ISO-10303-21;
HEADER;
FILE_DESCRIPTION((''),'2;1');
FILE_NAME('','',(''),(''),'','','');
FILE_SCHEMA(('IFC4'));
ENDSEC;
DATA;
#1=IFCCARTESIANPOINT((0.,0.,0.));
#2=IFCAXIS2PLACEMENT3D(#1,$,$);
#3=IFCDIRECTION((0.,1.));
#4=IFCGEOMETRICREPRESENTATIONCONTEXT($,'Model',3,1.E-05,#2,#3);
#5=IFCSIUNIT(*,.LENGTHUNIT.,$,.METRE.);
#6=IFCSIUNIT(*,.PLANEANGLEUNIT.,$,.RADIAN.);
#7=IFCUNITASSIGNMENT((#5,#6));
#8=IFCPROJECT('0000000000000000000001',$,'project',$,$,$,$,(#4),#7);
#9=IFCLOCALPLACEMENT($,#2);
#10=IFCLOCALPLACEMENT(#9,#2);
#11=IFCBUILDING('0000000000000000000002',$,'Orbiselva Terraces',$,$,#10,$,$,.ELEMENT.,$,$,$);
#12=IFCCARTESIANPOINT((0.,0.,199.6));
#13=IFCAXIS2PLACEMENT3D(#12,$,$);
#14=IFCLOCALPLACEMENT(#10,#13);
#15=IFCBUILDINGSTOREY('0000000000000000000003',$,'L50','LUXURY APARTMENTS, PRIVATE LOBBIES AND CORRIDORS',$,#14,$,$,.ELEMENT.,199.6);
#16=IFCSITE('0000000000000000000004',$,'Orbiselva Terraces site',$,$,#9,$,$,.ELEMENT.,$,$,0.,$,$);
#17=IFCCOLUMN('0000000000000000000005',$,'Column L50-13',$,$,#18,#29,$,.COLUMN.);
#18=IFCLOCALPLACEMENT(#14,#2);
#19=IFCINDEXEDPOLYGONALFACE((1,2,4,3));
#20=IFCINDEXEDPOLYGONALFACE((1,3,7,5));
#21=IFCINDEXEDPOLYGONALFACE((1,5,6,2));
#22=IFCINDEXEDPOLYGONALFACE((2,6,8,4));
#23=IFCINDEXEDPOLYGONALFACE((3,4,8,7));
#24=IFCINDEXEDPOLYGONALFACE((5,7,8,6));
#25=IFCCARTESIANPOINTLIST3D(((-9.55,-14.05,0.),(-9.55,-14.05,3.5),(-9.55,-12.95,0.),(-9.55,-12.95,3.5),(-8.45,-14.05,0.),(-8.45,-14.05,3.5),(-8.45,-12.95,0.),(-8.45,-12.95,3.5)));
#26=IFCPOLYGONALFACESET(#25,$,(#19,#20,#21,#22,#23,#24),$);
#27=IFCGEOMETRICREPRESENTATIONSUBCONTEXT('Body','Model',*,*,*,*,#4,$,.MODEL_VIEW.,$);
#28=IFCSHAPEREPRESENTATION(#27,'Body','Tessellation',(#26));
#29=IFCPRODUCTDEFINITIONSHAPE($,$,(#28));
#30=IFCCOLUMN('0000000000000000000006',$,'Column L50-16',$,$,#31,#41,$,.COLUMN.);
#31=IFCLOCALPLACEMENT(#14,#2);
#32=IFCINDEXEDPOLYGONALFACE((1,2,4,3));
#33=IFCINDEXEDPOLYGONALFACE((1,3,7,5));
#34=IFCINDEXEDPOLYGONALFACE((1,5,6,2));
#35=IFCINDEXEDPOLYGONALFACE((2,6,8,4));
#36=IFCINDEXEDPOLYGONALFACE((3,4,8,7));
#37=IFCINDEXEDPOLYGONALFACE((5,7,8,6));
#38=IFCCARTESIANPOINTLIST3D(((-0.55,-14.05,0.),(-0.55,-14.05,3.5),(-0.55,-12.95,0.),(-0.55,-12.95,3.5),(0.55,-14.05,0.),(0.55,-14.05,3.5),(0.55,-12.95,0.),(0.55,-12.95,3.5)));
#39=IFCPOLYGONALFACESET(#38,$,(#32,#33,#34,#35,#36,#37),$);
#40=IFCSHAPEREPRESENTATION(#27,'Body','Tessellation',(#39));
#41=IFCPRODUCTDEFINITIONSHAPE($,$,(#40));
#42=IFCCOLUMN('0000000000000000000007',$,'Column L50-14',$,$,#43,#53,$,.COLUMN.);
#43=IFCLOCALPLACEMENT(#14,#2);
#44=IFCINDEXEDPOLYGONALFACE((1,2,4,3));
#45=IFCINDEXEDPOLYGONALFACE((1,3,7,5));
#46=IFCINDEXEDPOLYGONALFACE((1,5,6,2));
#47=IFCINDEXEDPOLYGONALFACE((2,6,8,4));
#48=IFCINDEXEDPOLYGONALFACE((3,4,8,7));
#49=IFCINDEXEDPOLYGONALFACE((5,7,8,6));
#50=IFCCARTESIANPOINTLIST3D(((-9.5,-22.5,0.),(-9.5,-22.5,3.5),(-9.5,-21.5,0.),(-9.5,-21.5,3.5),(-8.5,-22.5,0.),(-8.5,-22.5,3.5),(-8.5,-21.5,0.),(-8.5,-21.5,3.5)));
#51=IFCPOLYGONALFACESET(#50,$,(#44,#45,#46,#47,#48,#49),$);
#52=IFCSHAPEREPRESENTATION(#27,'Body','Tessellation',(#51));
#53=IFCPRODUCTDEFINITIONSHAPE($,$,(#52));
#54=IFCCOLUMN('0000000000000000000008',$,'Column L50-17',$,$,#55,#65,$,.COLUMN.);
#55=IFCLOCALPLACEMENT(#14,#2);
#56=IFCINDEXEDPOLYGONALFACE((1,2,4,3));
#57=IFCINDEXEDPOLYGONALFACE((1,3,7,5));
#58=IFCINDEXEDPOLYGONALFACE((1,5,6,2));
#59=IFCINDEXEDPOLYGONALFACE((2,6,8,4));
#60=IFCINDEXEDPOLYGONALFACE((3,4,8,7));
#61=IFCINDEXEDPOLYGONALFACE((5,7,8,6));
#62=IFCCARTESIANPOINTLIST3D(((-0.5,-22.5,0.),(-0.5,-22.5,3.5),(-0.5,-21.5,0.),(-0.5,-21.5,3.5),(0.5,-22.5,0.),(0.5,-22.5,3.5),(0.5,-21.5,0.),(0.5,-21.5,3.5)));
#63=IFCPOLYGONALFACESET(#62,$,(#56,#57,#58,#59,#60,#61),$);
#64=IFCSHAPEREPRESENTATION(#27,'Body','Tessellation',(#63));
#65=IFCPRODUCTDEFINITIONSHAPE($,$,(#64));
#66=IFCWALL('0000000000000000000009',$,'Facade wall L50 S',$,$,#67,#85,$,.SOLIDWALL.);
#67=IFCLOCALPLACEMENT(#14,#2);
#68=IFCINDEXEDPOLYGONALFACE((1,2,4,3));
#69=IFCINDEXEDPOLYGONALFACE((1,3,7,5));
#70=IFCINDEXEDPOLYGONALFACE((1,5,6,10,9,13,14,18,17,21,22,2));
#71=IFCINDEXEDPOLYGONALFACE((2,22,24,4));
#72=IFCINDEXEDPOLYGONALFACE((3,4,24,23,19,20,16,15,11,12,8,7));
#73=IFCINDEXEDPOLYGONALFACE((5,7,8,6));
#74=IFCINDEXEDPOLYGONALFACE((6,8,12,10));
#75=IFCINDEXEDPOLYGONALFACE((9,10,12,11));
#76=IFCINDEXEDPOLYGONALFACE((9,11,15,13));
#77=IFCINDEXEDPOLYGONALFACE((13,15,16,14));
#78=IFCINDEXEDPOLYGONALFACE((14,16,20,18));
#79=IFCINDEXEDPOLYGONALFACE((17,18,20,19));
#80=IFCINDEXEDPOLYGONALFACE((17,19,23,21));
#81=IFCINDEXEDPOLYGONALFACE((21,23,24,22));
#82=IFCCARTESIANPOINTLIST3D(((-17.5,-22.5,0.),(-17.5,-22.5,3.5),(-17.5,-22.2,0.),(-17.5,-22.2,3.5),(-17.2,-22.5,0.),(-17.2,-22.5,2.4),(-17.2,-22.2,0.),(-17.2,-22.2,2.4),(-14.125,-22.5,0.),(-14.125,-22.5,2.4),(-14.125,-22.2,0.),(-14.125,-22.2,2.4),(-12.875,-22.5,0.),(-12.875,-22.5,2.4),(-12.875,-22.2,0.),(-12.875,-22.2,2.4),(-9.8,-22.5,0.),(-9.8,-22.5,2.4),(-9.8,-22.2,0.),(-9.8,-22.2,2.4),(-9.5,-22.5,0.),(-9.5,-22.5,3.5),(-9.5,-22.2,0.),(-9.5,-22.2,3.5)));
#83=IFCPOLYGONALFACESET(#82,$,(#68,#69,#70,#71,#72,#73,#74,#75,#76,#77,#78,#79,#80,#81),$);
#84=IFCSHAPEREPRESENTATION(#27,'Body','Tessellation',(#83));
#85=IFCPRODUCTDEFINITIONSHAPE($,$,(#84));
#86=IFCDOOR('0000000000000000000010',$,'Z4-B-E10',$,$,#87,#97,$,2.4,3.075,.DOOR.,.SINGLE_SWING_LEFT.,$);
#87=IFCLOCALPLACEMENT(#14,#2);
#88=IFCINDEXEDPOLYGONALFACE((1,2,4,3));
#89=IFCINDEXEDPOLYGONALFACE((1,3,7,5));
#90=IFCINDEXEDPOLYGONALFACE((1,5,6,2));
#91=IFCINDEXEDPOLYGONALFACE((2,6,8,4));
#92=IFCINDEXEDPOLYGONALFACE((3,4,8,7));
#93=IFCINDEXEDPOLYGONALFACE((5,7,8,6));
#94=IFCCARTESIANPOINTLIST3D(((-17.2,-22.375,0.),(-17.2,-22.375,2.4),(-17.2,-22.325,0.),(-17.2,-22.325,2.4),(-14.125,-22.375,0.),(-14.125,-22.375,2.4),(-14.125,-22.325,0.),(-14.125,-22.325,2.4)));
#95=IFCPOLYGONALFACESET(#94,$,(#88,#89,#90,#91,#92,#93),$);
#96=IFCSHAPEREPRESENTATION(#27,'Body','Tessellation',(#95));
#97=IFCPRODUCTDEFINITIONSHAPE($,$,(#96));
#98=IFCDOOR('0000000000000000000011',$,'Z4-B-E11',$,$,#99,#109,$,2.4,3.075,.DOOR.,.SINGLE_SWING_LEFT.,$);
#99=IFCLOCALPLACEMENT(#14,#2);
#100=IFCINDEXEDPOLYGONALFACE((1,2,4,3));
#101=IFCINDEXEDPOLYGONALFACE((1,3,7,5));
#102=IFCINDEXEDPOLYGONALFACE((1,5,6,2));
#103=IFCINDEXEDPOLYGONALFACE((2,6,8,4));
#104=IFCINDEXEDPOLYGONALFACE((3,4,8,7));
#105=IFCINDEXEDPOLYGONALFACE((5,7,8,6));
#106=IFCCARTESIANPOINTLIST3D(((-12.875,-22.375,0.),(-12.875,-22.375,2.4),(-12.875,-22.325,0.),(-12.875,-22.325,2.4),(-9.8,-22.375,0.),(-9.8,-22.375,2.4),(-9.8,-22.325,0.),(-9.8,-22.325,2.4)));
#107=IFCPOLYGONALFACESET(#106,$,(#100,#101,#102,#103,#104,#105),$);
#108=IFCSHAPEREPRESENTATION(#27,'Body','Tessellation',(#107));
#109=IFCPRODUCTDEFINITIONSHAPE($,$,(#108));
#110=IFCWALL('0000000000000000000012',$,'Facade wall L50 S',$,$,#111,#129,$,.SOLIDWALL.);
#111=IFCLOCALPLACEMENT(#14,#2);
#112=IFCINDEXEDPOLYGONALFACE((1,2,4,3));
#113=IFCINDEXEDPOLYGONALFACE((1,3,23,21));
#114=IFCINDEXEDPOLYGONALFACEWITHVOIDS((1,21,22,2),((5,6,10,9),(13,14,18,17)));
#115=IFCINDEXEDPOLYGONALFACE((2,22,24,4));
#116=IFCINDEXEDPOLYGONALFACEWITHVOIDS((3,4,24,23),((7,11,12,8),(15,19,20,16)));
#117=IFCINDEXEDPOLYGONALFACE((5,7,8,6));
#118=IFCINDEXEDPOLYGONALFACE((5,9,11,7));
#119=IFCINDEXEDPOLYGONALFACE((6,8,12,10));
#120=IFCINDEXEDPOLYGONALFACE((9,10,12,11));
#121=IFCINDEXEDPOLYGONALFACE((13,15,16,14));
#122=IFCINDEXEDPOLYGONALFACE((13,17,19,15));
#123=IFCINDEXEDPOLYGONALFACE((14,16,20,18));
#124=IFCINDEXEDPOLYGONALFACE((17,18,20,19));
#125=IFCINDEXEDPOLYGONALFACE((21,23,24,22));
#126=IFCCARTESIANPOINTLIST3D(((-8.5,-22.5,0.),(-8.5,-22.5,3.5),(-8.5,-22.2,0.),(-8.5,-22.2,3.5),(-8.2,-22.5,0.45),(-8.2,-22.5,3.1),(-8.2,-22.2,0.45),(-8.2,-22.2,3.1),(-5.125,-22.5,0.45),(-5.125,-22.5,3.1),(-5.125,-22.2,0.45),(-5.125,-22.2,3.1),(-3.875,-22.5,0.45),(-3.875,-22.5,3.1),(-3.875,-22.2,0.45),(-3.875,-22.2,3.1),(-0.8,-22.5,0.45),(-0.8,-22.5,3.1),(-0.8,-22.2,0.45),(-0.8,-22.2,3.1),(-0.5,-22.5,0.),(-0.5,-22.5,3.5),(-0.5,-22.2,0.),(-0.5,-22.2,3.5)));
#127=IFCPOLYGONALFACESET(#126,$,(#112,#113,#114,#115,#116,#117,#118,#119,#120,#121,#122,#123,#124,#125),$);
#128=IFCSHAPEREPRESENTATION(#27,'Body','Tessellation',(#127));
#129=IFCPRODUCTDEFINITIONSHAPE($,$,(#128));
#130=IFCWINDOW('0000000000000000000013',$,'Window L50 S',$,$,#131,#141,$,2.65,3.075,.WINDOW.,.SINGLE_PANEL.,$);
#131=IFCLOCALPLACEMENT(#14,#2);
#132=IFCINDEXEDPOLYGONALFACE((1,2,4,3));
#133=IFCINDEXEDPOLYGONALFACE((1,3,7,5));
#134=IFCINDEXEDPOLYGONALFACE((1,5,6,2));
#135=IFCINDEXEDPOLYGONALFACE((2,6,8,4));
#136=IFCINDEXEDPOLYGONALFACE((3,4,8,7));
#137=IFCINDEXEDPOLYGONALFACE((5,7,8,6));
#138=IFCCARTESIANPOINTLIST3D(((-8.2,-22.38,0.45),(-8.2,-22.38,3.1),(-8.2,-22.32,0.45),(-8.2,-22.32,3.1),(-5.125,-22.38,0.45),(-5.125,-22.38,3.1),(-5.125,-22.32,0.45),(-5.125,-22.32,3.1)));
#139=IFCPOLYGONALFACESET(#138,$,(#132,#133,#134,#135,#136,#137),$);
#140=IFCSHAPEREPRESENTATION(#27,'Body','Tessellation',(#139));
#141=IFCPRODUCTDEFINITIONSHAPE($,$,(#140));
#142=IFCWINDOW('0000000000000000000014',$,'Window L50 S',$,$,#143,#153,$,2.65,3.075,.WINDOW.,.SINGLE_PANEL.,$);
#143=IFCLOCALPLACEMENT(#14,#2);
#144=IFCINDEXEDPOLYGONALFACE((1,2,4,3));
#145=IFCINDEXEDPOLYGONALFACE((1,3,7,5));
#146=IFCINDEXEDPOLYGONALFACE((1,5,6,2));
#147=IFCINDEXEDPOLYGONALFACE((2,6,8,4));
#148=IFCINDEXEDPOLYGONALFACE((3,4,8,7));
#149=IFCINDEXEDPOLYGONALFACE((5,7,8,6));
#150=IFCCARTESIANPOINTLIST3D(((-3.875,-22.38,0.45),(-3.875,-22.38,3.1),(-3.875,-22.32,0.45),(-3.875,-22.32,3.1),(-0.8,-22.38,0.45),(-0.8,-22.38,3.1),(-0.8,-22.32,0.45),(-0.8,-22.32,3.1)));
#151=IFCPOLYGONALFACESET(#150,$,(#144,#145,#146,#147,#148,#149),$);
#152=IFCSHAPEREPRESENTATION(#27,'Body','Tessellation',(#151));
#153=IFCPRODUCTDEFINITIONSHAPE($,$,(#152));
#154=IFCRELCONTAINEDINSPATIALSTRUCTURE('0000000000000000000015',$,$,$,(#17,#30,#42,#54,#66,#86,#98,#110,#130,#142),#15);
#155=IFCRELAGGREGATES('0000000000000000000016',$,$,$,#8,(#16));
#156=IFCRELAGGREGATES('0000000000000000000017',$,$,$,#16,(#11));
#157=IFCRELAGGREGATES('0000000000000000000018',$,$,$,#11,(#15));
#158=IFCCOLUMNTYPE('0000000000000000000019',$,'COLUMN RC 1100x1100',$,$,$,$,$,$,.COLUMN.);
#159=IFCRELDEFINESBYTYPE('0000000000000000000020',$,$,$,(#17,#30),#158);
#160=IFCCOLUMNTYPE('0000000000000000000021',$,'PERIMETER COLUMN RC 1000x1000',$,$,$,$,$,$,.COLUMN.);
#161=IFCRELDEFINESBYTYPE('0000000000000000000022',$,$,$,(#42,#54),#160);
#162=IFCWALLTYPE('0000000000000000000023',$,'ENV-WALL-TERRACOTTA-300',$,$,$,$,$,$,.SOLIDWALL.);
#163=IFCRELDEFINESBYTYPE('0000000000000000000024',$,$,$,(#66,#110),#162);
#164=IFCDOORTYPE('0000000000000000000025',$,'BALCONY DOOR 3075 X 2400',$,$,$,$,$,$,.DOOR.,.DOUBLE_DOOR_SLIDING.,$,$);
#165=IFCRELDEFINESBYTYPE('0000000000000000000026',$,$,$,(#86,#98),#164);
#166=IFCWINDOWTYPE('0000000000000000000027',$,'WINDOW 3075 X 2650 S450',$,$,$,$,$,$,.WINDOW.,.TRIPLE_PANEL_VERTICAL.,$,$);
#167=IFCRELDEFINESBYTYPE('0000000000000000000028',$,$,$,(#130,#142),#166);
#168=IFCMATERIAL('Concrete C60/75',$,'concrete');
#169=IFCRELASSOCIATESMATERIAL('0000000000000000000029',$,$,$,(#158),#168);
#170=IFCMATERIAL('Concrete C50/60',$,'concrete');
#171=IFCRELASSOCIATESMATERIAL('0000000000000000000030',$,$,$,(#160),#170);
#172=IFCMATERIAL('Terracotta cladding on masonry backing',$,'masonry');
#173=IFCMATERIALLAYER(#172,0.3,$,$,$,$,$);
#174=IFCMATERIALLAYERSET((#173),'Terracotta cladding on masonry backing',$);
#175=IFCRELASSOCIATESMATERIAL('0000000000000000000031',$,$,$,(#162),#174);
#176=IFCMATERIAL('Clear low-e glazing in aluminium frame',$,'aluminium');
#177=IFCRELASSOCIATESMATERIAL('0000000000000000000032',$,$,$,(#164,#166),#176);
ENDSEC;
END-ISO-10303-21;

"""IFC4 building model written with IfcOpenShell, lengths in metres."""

from ifc_helpers import new_model, si_unit, direction, frame, frame_2d, origin, origin_2d, place, context, subcontext, project, spatial, rectangle, extrude, material, layer, layer_set, material_profile, profile_set, type_object, element, fill, save


model = new_model("IFC4")

# Units and contexts
model_context = context("Model", 3, precision=1e-05, world=origin(), true_north=direction((0.0, 1.0)))
body_context = subcontext(model_context, "Body", "Model", "MODEL_VIEW")
ifc_project = project(units=[si_unit("LENGTHUNIT", "METRE"), si_unit("PLANEANGLEUNIT", "RADIAN")], contexts=[model_context])

# Site, building, storey
site_placement = place(None, origin())
site = spatial("IfcSite", under=ifc_project, at=site_placement, Name="Orbiselva Terraces site", CompositionType="ELEMENT", RefElevation=0.0)
building_placement = place(site_placement, origin())
building = spatial("IfcBuilding", under=site, at=building_placement, Name="Orbiselva Terraces", CompositionType="ELEMENT")
storey_placement = place(building_placement, frame((0.0, 0.0, 199.6)))
storey = spatial("IfcBuildingStorey", under=building, at=storey_placement, Name="L50", Description="LUXURY APARTMENTS, PRIVATE LOBBIES AND CORRIDORS", CompositionType="ELEMENT", Elevation=199.6)

# Columns
ifc_material_1 = material(Name="Concrete C60/75", Category="concrete")
ifc_material_profile_1 = material_profile(ifc_material_1, rectangle(XDim=1.1, YDim=1.1, at=origin_2d()), Name="RC 1100x1100")
ifc_profile_set_1 = profile_set([ifc_material_profile_1], Name="Concrete C60/75")
column_type_1 = type_object("IfcColumnType", Name="COLUMN RC 1100x1100", PredefinedType="COLUMN", material=ifc_profile_set_1)
for number, where, z_axis, x_axis, name in (
    (1, (-9.0, -13.5, 0.0), (0.0, 0.0, 1.0), (1.0, 0.0, 0.0), "Column L50-13"),
    (2, (0.0, -13.5, 0.0), (0.0, 0.0, 1.0), (1.0, 0.0, 0.0), "Column L50-16"),
):
    element("IfcColumn", number, at=place(storey_placement, frame(where, z_axis=z_axis, x_axis=x_axis)), inside=storey, type_object=column_type_1, Name=name, PredefinedType="COLUMN", context=body_context, shape_type="SweptSolid", body=[
        extrude(rectangle(XDim=1.1, YDim=1.1, at=origin_2d()), origin(), (0.0, 0.0, 1.0), 3.5),
    ])
ifc_material_2 = material(Name="Concrete C50/60", Category="concrete")
ifc_material_profile_2 = material_profile(ifc_material_2, rectangle(XDim=1.0, YDim=1.0, at=origin_2d()), Name="RC 1000x1000")
ifc_profile_set_2 = profile_set([ifc_material_profile_2], Name="Concrete C50/60")
column_type_2 = type_object("IfcColumnType", Name="PERIMETER COLUMN RC 1000x1000", PredefinedType="COLUMN", material=ifc_profile_set_2)
for number, where, z_axis, x_axis, name in (
    (3, (-9.0, -22.0, 0.0), (0.0, 0.0, 1.0), (1.0, 0.0, 0.0), "Column L50-14"),
    (4, (0.0, -22.0, 0.0), (0.0, 0.0, 1.0), (1.0, 0.0, 0.0), "Column L50-17"),
):
    element("IfcColumn", number, at=place(storey_placement, frame(where, z_axis=z_axis, x_axis=x_axis)), inside=storey, type_object=column_type_2, Name=name, PredefinedType="COLUMN", context=body_context, shape_type="SweptSolid", body=[
        extrude(rectangle(XDim=1.0, YDim=1.0, at=origin_2d()), origin(), (0.0, 0.0, 1.0), 3.5),
    ])

# Wall, openings, doors
ifc_material_3 = material(Name="Terracotta cladding on masonry backing", Category="masonry")
ifc_layer_1 = layer(ifc_material_3, 0.3)
ifc_layer_set_1 = layer_set([ifc_layer_1], Name="Terracotta cladding on masonry backing")
wall_type_1 = type_object("IfcWallType", Name="ENV-WALL-TERRACOTTA-300", PredefinedType="SOLIDWALL", material=ifc_layer_set_1)
wall_1_placement = place(storey_placement, frame((-9.5, -22.35, 0.0), z_axis=(0.0, 0.0, 1.0), x_axis=(-1.0, 0.0, 0.0)))
wall_1 = element("IfcWall", 5, at=wall_1_placement, inside=storey, type_object=wall_type_1, Name="Facade wall L50 S", PredefinedType="SOLIDWALL", context=body_context, shape_type="SweptSolid", body=[
    extrude(rectangle(XDim=8.0, YDim=0.3, at=frame_2d((4.0, 0.0))), origin(), (0.0, 0.0, 1.0), 3.5),
])
opening_1_placement = place(wall_1_placement, frame((4.625, 0.0, 0.0)))
opening_1 = element("IfcOpeningElement", 6, at=opening_1_placement, cuts=wall_1, PredefinedType="OPENING", context=body_context, shape_type="SweptSolid", body=[
    extrude(rectangle(XDim=3.075, YDim=2.4, at=frame_2d((1.5375, 1.2))), frame((0.0, 0.16, 0.0), z_axis=(0.0, -1.0, 0.0), x_axis=(1.0, 0.0, 0.0)), (0.0, 0.0, 1.0), 0.32),
])
opening_2_placement = place(wall_1_placement, frame((0.3, 0.0, 0.0)))
opening_2 = element("IfcOpeningElement", 7, at=opening_2_placement, cuts=wall_1, PredefinedType="OPENING", context=body_context, shape_type="SweptSolid", body=[
    extrude(rectangle(XDim=3.075, YDim=2.4, at=frame_2d((1.5375, 1.2))), frame((0.0, 0.16, 0.0), z_axis=(0.0, -1.0, 0.0), x_axis=(1.0, 0.0, 0.0)), (0.0, 0.0, 1.0), 0.32),
])
ifc_material_4 = material(Name="Clear low-e glazing in aluminium frame", Category="aluminium")
door_type_1 = type_object("IfcDoorType", Name="BALCONY DOOR 3075 X 2400", OperationType="DOUBLE_DOOR_SLIDING", PredefinedType="DOOR", material=ifc_material_4)
door_1_placement = place(opening_1_placement, origin())
door_1 = element("IfcDoor", 8, at=door_1_placement, inside=storey, type_object=door_type_1, Name="Z4-B-E10", OperationType="SINGLE_SWING_LEFT", OverallHeight=2.4, OverallWidth=3.075, PredefinedType="DOOR", context=body_context, shape_type="SweptSolid", body=[
    extrude(rectangle(XDim=3.075, YDim=2.4, at=frame_2d((1.5375, 1.2))), frame((0.0, 0.025, 0.0), z_axis=(0.0, -1.0, 0.0), x_axis=(1.0, 0.0, 0.0)), (0.0, 0.0, 1.0), 0.05),
])
fill(opening_1, door_1)
door_2_placement = place(opening_2_placement, origin())
door_2 = element("IfcDoor", 9, at=door_2_placement, inside=storey, type_object=door_type_1, Name="Z4-B-E11", OperationType="SINGLE_SWING_LEFT", OverallHeight=2.4, OverallWidth=3.075, PredefinedType="DOOR", context=body_context, shape_type="SweptSolid", body=[
    extrude(rectangle(XDim=3.075, YDim=2.4, at=frame_2d((1.5375, 1.2))), frame((0.0, 0.025, 0.0), z_axis=(0.0, -1.0, 0.0), x_axis=(1.0, 0.0, 0.0)), (0.0, 0.0, 1.0), 0.05),
])
fill(opening_2, door_2)

# Wall, openings, windows
wall_2_placement = place(storey_placement, frame((-0.5, -22.35, 0.0), z_axis=(0.0, 0.0, 1.0), x_axis=(-1.0, 0.0, 0.0)))
wall_2 = element("IfcWall", 10, at=wall_2_placement, inside=storey, type_object=wall_type_1, Name="Facade wall L50 S", PredefinedType="SOLIDWALL", context=body_context, shape_type="SweptSolid", body=[
    extrude(rectangle(XDim=8.0, YDim=0.3, at=frame_2d((4.0, 0.0))), origin(), (0.0, 0.0, 1.0), 3.5),
])
opening_3_placement = place(wall_2_placement, frame((4.625, 0.0, 0.45)))
opening_3 = element("IfcOpeningElement", 11, at=opening_3_placement, cuts=wall_2, PredefinedType="OPENING", context=body_context, shape_type="SweptSolid", body=[
    extrude(rectangle(XDim=3.075, YDim=2.65, at=frame_2d((1.5375, 1.325))), frame((0.0, 0.16, 0.0), z_axis=(0.0, -1.0, 0.0), x_axis=(1.0, 0.0, 0.0)), (0.0, 0.0, 1.0), 0.32),
])
opening_4_placement = place(wall_2_placement, frame((0.3, 0.0, 0.45)))
opening_4 = element("IfcOpeningElement", 12, at=opening_4_placement, cuts=wall_2, PredefinedType="OPENING", context=body_context, shape_type="SweptSolid", body=[
    extrude(rectangle(XDim=3.075, YDim=2.65, at=frame_2d((1.5375, 1.325))), frame((0.0, 0.16, 0.0), z_axis=(0.0, -1.0, 0.0), x_axis=(1.0, 0.0, 0.0)), (0.0, 0.0, 1.0), 0.32),
])
window_type = type_object("IfcWindowType", Name="WINDOW 3075 X 2650 S450", PartitioningType="TRIPLE_PANEL_VERTICAL", PredefinedType="WINDOW", material=ifc_material_4)
window_1_placement = place(opening_3_placement, origin())
window_1 = element("IfcWindow", 13, at=window_1_placement, inside=storey, type_object=window_type, Name="Window L50 S", OverallHeight=2.65, OverallWidth=3.075, PartitioningType="SINGLE_PANEL", PredefinedType="WINDOW", context=body_context, shape_type="SweptSolid", body=[
    extrude(rectangle(XDim=3.075, YDim=2.65, at=frame_2d((1.5375, 1.325))), frame((0.0, 0.03, 0.0), z_axis=(0.0, -1.0, 0.0), x_axis=(1.0, 0.0, 0.0)), (0.0, 0.0, 1.0), 0.06),
])
fill(opening_3, window_1)
window_2_placement = place(opening_4_placement, origin())
window_2 = element("IfcWindow", 14, at=window_2_placement, inside=storey, type_object=window_type, Name="Window L50 S", OverallHeight=2.65, OverallWidth=3.075, PartitioningType="SINGLE_PANEL", PredefinedType="WINDOW", context=body_context, shape_type="SweptSolid", body=[
    extrude(rectangle(XDim=3.075, YDim=2.65, at=frame_2d((1.5375, 1.325))), frame((0.0, 0.03, 0.0), z_axis=(0.0, -1.0, 0.0), x_axis=(1.0, 0.0, 0.0)), (0.0, 0.0, 1.0), 0.06),
])
fill(opening_4, window_2)

save(model, "model.ifc")
